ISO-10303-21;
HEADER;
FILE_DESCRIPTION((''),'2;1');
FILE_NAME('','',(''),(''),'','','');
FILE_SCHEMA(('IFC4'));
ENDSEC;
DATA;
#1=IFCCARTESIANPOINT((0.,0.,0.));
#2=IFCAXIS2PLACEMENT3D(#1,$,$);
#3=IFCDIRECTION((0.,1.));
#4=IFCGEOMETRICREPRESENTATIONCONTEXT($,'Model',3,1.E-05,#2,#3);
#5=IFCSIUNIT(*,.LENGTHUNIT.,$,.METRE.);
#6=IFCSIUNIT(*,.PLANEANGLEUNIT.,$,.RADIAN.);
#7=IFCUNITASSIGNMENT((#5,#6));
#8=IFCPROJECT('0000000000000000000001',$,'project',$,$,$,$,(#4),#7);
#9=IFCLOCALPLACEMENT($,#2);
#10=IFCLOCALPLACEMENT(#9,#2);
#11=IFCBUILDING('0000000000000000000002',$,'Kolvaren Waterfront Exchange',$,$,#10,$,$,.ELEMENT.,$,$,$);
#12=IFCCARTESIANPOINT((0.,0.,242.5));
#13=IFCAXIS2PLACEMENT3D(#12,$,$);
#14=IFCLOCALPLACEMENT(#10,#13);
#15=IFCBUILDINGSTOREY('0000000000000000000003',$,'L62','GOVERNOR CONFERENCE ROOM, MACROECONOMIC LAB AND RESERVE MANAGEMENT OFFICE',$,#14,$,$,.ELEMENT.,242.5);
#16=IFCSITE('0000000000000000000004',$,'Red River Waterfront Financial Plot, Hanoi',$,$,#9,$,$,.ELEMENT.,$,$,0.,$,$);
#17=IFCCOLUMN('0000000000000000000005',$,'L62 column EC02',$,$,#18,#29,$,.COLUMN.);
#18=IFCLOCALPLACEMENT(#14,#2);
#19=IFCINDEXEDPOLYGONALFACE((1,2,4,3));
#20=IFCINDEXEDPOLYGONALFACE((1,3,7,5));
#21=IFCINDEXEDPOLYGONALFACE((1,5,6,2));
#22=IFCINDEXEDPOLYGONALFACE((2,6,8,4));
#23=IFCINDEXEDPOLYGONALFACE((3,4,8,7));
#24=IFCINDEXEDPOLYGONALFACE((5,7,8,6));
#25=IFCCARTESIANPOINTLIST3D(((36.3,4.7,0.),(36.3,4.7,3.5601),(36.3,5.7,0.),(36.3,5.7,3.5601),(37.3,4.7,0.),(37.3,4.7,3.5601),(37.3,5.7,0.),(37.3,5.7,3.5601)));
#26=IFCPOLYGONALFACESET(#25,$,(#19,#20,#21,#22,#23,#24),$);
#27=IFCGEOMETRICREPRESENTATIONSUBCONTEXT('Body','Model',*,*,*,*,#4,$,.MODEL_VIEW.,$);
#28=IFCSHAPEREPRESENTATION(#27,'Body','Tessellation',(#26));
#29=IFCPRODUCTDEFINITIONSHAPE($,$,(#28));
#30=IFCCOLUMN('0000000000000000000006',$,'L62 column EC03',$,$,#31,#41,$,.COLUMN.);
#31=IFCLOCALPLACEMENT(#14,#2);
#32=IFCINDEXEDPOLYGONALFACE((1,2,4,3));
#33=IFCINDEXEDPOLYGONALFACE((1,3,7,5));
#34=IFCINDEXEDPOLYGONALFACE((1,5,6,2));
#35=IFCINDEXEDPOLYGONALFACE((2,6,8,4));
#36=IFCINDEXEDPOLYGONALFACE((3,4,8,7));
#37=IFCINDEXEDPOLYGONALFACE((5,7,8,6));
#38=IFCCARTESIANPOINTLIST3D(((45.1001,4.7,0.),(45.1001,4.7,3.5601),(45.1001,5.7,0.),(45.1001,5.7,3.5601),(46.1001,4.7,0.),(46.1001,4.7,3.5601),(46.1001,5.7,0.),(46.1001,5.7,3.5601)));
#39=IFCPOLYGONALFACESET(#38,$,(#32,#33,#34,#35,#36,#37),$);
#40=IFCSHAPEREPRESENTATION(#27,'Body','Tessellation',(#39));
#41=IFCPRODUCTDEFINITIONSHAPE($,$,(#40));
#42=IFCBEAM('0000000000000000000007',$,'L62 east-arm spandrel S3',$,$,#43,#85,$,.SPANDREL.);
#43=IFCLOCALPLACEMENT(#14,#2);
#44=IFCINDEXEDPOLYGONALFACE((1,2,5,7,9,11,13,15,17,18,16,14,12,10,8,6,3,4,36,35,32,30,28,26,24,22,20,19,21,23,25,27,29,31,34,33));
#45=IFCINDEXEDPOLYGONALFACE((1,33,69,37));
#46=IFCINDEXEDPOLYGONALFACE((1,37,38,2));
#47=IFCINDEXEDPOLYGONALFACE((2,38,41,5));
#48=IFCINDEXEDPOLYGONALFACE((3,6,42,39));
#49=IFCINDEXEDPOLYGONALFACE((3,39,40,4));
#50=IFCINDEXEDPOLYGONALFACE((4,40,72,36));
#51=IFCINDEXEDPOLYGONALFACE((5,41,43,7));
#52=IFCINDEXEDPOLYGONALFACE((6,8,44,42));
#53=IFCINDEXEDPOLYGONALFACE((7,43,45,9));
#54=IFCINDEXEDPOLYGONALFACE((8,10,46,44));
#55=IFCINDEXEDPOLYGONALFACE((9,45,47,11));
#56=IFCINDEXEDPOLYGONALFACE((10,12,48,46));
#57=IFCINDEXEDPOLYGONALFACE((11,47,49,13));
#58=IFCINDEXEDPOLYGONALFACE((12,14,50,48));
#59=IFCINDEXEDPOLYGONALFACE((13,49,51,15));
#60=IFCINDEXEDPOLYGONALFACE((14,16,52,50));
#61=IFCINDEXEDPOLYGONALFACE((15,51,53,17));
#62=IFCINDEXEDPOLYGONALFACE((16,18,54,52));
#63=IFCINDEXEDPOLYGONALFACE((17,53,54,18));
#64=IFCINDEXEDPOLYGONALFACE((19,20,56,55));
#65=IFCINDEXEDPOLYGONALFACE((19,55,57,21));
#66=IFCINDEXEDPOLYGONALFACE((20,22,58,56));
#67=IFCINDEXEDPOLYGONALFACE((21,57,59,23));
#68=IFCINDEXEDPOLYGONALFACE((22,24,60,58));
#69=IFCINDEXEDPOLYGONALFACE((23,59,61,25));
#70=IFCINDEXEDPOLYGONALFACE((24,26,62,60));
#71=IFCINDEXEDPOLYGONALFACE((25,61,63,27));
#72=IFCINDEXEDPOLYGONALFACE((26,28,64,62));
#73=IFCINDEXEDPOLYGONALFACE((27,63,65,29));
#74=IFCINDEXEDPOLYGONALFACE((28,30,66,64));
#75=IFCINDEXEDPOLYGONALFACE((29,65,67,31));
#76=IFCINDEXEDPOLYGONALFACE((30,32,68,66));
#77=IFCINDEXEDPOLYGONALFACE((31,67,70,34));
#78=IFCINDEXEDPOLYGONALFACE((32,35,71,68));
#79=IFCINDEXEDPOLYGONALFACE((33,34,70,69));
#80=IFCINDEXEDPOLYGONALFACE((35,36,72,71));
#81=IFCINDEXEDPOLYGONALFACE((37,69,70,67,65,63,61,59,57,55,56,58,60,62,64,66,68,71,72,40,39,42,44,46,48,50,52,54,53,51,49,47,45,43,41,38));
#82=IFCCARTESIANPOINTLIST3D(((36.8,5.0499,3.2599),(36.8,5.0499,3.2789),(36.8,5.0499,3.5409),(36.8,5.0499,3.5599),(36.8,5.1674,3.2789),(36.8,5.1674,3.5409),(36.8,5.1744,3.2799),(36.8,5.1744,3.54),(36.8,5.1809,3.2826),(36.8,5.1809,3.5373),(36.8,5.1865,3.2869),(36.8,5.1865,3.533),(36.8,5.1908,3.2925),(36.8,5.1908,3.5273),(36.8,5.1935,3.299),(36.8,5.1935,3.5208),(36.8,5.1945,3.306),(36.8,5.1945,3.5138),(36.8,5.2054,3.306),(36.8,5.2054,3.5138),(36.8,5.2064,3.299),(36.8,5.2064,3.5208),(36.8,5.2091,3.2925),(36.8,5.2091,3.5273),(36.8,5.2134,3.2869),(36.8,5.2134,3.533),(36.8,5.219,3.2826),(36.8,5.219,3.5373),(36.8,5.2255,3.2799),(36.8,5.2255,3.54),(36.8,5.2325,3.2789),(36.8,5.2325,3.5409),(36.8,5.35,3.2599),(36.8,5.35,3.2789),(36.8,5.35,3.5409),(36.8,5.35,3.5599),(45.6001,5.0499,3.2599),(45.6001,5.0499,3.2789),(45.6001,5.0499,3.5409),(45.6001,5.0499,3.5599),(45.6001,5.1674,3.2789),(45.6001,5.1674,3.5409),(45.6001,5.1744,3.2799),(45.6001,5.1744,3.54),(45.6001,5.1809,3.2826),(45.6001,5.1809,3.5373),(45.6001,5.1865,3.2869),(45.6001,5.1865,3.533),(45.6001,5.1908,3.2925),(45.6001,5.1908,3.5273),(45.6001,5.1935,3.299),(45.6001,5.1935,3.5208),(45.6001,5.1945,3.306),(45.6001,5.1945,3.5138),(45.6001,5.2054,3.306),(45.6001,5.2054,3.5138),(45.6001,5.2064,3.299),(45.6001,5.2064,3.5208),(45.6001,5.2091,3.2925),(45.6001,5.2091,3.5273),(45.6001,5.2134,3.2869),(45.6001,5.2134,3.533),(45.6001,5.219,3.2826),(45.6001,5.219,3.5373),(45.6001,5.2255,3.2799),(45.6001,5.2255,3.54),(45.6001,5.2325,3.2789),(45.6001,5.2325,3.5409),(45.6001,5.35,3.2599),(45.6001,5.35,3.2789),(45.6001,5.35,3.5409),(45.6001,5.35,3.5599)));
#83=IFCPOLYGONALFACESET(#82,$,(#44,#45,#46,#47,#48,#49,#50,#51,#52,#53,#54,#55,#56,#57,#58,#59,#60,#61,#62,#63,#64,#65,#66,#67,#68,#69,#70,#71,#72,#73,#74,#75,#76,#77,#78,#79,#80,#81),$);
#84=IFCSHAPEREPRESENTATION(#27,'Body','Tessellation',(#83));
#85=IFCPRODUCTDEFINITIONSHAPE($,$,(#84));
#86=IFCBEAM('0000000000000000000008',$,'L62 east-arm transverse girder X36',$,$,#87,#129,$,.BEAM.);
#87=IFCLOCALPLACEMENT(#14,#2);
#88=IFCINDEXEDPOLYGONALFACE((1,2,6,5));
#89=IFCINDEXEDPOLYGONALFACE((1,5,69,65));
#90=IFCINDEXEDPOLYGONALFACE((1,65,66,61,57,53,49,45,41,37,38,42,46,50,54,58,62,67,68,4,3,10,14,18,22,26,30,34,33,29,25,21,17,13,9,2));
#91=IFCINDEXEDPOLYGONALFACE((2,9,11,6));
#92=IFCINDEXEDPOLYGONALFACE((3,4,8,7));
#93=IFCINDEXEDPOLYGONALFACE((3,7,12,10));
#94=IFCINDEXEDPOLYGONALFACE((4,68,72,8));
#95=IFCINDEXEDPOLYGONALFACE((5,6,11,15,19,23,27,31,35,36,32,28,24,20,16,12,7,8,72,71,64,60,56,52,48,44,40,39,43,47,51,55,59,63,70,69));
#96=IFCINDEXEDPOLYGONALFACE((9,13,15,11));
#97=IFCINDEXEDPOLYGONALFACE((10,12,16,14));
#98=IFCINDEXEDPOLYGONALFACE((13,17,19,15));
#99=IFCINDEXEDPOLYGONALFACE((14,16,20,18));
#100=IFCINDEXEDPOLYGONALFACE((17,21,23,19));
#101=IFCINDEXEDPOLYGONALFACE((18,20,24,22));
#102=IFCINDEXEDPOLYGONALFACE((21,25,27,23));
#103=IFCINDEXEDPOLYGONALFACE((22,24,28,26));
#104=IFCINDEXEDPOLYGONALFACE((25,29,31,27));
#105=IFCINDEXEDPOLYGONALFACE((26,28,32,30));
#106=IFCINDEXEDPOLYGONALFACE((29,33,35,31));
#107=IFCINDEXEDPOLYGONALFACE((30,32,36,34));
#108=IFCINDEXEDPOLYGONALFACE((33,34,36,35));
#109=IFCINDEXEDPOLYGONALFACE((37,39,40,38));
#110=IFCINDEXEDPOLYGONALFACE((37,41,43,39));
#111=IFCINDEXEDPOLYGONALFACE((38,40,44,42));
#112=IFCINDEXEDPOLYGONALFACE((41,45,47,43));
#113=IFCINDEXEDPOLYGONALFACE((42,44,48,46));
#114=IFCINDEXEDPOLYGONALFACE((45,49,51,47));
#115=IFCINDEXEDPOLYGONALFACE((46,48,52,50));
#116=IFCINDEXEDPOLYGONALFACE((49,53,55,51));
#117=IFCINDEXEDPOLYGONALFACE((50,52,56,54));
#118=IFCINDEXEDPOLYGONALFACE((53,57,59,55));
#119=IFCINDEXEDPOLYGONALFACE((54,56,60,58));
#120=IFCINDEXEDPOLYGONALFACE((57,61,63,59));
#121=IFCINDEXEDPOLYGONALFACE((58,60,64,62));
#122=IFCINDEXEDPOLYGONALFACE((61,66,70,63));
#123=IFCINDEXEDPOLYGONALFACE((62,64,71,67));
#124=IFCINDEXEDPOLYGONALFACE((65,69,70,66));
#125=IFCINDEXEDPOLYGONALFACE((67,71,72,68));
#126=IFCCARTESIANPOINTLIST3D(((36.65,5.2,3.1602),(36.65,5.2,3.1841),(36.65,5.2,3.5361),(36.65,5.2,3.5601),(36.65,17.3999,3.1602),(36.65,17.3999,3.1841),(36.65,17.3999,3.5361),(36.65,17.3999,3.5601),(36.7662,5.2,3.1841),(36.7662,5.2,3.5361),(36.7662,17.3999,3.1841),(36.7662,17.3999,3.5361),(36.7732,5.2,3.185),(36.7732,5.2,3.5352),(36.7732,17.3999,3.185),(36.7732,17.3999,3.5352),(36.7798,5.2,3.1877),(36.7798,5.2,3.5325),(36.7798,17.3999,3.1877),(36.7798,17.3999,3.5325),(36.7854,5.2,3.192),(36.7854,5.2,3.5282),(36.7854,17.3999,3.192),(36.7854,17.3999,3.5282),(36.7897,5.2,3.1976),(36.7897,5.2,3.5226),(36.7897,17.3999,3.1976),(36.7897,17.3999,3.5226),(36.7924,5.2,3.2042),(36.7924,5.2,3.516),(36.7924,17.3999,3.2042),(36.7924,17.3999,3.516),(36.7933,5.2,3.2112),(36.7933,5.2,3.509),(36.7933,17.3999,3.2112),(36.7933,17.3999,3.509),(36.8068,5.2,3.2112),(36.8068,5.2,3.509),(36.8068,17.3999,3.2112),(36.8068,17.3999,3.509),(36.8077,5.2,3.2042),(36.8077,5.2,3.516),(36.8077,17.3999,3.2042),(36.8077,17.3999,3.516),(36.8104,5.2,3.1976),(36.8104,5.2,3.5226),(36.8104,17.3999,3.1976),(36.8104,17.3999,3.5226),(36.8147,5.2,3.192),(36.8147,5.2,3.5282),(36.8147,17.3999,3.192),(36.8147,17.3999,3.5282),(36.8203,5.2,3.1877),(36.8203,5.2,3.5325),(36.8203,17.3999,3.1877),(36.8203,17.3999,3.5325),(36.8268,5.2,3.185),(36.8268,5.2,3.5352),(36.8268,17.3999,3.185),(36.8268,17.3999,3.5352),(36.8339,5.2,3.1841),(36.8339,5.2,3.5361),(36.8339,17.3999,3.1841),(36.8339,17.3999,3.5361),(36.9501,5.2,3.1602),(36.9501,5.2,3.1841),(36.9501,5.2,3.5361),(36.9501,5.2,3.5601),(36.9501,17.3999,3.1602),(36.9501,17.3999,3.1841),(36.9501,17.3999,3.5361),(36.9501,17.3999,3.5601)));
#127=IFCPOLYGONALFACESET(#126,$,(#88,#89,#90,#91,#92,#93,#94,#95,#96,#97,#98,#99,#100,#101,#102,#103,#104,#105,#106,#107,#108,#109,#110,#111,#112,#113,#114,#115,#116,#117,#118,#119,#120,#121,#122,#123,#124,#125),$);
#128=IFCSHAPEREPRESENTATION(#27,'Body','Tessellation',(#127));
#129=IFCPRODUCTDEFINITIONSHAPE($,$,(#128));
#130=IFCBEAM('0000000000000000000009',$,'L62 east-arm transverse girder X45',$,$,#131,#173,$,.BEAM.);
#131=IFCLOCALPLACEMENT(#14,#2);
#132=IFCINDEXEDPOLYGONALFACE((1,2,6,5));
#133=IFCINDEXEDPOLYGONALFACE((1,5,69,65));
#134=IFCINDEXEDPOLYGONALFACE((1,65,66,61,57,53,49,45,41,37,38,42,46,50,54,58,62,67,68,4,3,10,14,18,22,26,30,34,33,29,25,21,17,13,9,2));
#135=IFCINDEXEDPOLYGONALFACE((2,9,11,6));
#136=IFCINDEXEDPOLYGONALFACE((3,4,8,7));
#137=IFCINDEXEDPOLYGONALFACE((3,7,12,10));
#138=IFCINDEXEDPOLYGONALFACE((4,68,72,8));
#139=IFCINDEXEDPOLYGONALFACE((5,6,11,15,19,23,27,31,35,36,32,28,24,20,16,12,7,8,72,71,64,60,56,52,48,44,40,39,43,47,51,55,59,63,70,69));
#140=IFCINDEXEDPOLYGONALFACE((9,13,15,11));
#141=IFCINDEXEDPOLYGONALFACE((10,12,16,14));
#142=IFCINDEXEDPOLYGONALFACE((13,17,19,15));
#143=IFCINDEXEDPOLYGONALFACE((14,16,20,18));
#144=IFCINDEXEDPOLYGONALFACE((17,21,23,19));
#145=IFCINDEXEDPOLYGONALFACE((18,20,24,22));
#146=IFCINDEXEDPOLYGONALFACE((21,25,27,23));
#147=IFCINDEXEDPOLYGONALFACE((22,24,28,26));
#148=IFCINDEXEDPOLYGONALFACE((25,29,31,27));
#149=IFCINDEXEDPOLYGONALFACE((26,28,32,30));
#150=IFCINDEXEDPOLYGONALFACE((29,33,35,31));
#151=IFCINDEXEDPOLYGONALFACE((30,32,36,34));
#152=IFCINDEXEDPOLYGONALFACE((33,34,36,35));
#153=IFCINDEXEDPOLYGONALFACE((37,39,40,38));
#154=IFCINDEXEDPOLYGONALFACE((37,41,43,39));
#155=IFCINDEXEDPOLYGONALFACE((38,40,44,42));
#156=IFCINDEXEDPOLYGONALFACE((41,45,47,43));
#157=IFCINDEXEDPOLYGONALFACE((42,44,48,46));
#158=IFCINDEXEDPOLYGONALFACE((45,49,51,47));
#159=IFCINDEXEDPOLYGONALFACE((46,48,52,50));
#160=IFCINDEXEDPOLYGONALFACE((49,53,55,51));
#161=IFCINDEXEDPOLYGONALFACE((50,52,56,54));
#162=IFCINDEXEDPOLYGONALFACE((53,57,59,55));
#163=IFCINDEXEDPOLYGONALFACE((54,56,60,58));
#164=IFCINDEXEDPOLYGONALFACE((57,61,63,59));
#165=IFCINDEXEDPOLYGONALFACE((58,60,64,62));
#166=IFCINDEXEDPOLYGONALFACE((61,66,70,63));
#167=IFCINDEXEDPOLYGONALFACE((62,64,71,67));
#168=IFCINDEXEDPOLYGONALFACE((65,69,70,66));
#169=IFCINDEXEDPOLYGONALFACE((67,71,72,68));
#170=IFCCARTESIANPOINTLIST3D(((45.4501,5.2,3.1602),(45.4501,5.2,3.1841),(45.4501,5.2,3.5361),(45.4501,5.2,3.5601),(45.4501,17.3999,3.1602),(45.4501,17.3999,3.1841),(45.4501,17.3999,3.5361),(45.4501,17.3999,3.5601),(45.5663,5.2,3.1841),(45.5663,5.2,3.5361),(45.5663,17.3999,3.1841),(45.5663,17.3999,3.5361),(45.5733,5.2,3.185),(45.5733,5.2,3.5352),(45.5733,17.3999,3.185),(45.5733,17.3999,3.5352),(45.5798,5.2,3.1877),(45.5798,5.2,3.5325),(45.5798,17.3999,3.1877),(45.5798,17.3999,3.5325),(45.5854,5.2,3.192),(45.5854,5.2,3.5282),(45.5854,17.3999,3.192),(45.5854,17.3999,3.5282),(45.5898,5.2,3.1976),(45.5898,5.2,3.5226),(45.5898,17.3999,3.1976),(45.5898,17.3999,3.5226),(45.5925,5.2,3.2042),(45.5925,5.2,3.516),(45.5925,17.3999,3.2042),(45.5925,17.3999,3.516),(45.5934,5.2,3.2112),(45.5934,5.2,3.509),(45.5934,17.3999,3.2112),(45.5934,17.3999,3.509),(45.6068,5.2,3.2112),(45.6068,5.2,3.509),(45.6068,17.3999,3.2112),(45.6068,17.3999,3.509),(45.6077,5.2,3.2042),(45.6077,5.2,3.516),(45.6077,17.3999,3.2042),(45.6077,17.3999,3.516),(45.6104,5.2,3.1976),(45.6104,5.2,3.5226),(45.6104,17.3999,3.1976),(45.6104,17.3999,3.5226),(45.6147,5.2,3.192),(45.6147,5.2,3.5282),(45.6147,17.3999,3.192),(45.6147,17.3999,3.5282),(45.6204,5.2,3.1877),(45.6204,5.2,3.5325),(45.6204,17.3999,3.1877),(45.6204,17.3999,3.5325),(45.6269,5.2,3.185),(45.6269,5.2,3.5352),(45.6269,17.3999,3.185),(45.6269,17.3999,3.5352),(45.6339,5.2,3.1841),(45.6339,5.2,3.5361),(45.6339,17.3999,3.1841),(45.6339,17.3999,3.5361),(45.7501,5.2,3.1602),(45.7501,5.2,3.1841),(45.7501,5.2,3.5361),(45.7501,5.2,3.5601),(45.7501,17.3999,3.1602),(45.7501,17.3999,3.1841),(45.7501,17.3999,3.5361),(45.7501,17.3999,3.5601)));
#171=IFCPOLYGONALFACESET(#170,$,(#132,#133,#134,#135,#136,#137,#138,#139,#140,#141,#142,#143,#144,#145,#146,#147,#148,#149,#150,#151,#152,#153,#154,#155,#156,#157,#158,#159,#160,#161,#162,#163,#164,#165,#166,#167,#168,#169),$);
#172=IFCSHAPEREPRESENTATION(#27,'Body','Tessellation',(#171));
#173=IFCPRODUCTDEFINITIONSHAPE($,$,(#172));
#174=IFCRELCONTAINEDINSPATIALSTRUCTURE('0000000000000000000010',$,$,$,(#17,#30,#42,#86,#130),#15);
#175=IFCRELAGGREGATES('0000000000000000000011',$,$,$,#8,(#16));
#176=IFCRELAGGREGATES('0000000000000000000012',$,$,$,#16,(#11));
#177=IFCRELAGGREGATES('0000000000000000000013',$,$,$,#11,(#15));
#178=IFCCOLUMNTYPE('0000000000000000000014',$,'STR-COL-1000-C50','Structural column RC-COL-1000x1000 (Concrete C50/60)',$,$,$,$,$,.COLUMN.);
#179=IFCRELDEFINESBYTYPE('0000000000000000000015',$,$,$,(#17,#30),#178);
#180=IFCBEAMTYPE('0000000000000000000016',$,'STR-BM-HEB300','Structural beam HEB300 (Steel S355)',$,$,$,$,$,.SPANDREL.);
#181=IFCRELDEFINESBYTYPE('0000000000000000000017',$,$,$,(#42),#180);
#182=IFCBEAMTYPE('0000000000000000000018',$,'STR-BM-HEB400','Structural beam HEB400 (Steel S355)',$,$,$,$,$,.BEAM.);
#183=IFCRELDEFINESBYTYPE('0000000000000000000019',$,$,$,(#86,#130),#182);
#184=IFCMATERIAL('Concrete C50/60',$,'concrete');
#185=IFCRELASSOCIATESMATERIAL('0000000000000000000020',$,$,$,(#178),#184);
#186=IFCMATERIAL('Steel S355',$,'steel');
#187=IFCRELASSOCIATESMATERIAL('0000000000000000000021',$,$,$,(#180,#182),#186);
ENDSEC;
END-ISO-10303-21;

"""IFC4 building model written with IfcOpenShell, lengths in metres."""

from ifc_helpers import new_model, si_unit, direction, frame, origin, origin_2d, place, context, subcontext, project, spatial, rectangle, i_section, extrude, material, material_profile, profile_set, type_object, element, save


model = new_model("IFC4")

# Units and contexts
model_context = context("Model", 3, precision=1e-05, world=origin(), true_north=direction((0.0, 1.0)))
body_context = subcontext(model_context, "Body", "Model", "MODEL_VIEW")
ifc_project = project(units=[si_unit("LENGTHUNIT", "METRE"), si_unit("PLANEANGLEUNIT", "RADIAN")], contexts=[model_context])

# Site, building, storey
site_placement = place(None, origin())
site = spatial("IfcSite", under=ifc_project, at=site_placement, Name="Red River Waterfront Financial Plot, Hanoi", CompositionType="ELEMENT", RefElevation=0.0)
building_placement = place(site_placement, origin())
building = spatial("IfcBuilding", under=site, at=building_placement, Name="Kolvaren Waterfront Exchange", CompositionType="ELEMENT")
storey_placement = place(building_placement, frame((0.0, 0.0, 242.5)))
storey = spatial("IfcBuildingStorey", under=building, at=storey_placement, Name="L62", Description="GOVERNOR CONFERENCE ROOM, MACROECONOMIC LAB AND RESERVE MANAGEMENT OFFICE", CompositionType="ELEMENT", Elevation=242.5)

# Columns
ifc_material_1 = material(Name="Concrete C50/60", Category="concrete")
ifc_material_profile_1 = material_profile(ifc_material_1, rectangle(XDim=1.0, YDim=1.0, at=origin_2d()), Name="RC-COL-1000x1000")
ifc_profile_set_1 = profile_set([ifc_material_profile_1], Name="Concrete C50/60")
column_type = type_object("IfcColumnType", Name="STR-COL-1000-C50", Description="Structural column RC-COL-1000x1000 (Concrete C50/60)", PredefinedType="COLUMN", material=ifc_profile_set_1)
for number, where, z_axis, x_axis, name in (
    (1, (36.8, 5.2, 0.0), (0.0, 0.0, 1.0), (1.0, 0.0, 0.0), "L62 column EC02"),
    (2, (45.6001, 5.2, 0.0), (0.0, 0.0, 1.0), (1.0, 0.0, 0.0), "L62 column EC03"),
):
    element("IfcColumn", number, at=place(storey_placement, frame(where, z_axis=z_axis, x_axis=x_axis)), inside=storey, type_object=column_type, Name=name, PredefinedType="COLUMN", context=body_context, shape_type="SweptSolid", body=[
        extrude(rectangle(XDim=1.0, YDim=1.0, at=origin_2d()), origin(), (0.0, 0.0, 1.0), 3.5601),
    ])

# Beams
ifc_material_2 = material(Name="Steel S355", Category="steel")
ifc_material_profile_2 = material_profile(ifc_material_2, i_section(OverallWidth=0.3, OverallDepth=0.3, WebThickness=0.011, FlangeThickness=0.019, FilletRadius=0.0271, at=origin_2d()), Name="HEB300")
ifc_profile_set_2 = profile_set([ifc_material_profile_2], Name="Steel S355")
beam_type_1 = type_object("IfcBeamType", Name="STR-BM-HEB300", Description="Structural beam HEB300 (Steel S355)", PredefinedType="SPANDREL", material=ifc_profile_set_2)
beam_1_placement = place(storey_placement, frame((36.8, 5.2, 3.4099), z_axis=(1.0, 0.0, 0.0), x_axis=(0.0, 1.0, 0.0)))
element("IfcBeam", 3, at=beam_1_placement, inside=storey, type_object=beam_type_1, Name="L62 east-arm spandrel S3", PredefinedType="SPANDREL", context=body_context, shape_type="SweptSolid", body=[
    extrude(i_section(OverallWidth=0.3, OverallDepth=0.3, WebThickness=0.011, FlangeThickness=0.019, FilletRadius=0.0271, at=origin_2d()), origin(), (0.0, 0.0, 1.0), 8.8),
])
ifc_material_profile_3 = material_profile(ifc_material_2, i_section(OverallWidth=0.3, OverallDepth=0.3999, WebThickness=0.0134, FlangeThickness=0.0239, FilletRadius=0.0271, at=origin_2d()), Name="HEB400")
ifc_profile_set_3 = profile_set([ifc_material_profile_3], Name="Steel S355")
beam_type_2 = type_object("IfcBeamType", Name="STR-BM-HEB400", Description="Structural beam HEB400 (Steel S355)", PredefinedType="BEAM", material=ifc_profile_set_3)
for number, where, z_axis, x_axis, name in (
    (4, (36.8, 5.2, 3.3601), (0.0, 1.0, 0.0), (-1.0, 0.0, 0.0), "L62 east-arm transverse girder X36"),
    (5, (45.6001, 5.2, 3.3601), (0.0, 1.0, 0.0), (-1.0, 0.0, 0.0), "L62 east-arm transverse girder X45"),
):
    element("IfcBeam", number, at=place(storey_placement, frame(where, z_axis=z_axis, x_axis=x_axis)), inside=storey, type_object=beam_type_2, Name=name, PredefinedType="BEAM", context=body_context, shape_type="SweptSolid", body=[
        extrude(i_section(OverallWidth=0.3, OverallDepth=0.3999, WebThickness=0.0134, FlangeThickness=0.0239, FilletRadius=0.0271, at=origin_2d()), origin(), (0.0, 0.0, 1.0), 12.2),
    ])

save(model, "model.ifc")
